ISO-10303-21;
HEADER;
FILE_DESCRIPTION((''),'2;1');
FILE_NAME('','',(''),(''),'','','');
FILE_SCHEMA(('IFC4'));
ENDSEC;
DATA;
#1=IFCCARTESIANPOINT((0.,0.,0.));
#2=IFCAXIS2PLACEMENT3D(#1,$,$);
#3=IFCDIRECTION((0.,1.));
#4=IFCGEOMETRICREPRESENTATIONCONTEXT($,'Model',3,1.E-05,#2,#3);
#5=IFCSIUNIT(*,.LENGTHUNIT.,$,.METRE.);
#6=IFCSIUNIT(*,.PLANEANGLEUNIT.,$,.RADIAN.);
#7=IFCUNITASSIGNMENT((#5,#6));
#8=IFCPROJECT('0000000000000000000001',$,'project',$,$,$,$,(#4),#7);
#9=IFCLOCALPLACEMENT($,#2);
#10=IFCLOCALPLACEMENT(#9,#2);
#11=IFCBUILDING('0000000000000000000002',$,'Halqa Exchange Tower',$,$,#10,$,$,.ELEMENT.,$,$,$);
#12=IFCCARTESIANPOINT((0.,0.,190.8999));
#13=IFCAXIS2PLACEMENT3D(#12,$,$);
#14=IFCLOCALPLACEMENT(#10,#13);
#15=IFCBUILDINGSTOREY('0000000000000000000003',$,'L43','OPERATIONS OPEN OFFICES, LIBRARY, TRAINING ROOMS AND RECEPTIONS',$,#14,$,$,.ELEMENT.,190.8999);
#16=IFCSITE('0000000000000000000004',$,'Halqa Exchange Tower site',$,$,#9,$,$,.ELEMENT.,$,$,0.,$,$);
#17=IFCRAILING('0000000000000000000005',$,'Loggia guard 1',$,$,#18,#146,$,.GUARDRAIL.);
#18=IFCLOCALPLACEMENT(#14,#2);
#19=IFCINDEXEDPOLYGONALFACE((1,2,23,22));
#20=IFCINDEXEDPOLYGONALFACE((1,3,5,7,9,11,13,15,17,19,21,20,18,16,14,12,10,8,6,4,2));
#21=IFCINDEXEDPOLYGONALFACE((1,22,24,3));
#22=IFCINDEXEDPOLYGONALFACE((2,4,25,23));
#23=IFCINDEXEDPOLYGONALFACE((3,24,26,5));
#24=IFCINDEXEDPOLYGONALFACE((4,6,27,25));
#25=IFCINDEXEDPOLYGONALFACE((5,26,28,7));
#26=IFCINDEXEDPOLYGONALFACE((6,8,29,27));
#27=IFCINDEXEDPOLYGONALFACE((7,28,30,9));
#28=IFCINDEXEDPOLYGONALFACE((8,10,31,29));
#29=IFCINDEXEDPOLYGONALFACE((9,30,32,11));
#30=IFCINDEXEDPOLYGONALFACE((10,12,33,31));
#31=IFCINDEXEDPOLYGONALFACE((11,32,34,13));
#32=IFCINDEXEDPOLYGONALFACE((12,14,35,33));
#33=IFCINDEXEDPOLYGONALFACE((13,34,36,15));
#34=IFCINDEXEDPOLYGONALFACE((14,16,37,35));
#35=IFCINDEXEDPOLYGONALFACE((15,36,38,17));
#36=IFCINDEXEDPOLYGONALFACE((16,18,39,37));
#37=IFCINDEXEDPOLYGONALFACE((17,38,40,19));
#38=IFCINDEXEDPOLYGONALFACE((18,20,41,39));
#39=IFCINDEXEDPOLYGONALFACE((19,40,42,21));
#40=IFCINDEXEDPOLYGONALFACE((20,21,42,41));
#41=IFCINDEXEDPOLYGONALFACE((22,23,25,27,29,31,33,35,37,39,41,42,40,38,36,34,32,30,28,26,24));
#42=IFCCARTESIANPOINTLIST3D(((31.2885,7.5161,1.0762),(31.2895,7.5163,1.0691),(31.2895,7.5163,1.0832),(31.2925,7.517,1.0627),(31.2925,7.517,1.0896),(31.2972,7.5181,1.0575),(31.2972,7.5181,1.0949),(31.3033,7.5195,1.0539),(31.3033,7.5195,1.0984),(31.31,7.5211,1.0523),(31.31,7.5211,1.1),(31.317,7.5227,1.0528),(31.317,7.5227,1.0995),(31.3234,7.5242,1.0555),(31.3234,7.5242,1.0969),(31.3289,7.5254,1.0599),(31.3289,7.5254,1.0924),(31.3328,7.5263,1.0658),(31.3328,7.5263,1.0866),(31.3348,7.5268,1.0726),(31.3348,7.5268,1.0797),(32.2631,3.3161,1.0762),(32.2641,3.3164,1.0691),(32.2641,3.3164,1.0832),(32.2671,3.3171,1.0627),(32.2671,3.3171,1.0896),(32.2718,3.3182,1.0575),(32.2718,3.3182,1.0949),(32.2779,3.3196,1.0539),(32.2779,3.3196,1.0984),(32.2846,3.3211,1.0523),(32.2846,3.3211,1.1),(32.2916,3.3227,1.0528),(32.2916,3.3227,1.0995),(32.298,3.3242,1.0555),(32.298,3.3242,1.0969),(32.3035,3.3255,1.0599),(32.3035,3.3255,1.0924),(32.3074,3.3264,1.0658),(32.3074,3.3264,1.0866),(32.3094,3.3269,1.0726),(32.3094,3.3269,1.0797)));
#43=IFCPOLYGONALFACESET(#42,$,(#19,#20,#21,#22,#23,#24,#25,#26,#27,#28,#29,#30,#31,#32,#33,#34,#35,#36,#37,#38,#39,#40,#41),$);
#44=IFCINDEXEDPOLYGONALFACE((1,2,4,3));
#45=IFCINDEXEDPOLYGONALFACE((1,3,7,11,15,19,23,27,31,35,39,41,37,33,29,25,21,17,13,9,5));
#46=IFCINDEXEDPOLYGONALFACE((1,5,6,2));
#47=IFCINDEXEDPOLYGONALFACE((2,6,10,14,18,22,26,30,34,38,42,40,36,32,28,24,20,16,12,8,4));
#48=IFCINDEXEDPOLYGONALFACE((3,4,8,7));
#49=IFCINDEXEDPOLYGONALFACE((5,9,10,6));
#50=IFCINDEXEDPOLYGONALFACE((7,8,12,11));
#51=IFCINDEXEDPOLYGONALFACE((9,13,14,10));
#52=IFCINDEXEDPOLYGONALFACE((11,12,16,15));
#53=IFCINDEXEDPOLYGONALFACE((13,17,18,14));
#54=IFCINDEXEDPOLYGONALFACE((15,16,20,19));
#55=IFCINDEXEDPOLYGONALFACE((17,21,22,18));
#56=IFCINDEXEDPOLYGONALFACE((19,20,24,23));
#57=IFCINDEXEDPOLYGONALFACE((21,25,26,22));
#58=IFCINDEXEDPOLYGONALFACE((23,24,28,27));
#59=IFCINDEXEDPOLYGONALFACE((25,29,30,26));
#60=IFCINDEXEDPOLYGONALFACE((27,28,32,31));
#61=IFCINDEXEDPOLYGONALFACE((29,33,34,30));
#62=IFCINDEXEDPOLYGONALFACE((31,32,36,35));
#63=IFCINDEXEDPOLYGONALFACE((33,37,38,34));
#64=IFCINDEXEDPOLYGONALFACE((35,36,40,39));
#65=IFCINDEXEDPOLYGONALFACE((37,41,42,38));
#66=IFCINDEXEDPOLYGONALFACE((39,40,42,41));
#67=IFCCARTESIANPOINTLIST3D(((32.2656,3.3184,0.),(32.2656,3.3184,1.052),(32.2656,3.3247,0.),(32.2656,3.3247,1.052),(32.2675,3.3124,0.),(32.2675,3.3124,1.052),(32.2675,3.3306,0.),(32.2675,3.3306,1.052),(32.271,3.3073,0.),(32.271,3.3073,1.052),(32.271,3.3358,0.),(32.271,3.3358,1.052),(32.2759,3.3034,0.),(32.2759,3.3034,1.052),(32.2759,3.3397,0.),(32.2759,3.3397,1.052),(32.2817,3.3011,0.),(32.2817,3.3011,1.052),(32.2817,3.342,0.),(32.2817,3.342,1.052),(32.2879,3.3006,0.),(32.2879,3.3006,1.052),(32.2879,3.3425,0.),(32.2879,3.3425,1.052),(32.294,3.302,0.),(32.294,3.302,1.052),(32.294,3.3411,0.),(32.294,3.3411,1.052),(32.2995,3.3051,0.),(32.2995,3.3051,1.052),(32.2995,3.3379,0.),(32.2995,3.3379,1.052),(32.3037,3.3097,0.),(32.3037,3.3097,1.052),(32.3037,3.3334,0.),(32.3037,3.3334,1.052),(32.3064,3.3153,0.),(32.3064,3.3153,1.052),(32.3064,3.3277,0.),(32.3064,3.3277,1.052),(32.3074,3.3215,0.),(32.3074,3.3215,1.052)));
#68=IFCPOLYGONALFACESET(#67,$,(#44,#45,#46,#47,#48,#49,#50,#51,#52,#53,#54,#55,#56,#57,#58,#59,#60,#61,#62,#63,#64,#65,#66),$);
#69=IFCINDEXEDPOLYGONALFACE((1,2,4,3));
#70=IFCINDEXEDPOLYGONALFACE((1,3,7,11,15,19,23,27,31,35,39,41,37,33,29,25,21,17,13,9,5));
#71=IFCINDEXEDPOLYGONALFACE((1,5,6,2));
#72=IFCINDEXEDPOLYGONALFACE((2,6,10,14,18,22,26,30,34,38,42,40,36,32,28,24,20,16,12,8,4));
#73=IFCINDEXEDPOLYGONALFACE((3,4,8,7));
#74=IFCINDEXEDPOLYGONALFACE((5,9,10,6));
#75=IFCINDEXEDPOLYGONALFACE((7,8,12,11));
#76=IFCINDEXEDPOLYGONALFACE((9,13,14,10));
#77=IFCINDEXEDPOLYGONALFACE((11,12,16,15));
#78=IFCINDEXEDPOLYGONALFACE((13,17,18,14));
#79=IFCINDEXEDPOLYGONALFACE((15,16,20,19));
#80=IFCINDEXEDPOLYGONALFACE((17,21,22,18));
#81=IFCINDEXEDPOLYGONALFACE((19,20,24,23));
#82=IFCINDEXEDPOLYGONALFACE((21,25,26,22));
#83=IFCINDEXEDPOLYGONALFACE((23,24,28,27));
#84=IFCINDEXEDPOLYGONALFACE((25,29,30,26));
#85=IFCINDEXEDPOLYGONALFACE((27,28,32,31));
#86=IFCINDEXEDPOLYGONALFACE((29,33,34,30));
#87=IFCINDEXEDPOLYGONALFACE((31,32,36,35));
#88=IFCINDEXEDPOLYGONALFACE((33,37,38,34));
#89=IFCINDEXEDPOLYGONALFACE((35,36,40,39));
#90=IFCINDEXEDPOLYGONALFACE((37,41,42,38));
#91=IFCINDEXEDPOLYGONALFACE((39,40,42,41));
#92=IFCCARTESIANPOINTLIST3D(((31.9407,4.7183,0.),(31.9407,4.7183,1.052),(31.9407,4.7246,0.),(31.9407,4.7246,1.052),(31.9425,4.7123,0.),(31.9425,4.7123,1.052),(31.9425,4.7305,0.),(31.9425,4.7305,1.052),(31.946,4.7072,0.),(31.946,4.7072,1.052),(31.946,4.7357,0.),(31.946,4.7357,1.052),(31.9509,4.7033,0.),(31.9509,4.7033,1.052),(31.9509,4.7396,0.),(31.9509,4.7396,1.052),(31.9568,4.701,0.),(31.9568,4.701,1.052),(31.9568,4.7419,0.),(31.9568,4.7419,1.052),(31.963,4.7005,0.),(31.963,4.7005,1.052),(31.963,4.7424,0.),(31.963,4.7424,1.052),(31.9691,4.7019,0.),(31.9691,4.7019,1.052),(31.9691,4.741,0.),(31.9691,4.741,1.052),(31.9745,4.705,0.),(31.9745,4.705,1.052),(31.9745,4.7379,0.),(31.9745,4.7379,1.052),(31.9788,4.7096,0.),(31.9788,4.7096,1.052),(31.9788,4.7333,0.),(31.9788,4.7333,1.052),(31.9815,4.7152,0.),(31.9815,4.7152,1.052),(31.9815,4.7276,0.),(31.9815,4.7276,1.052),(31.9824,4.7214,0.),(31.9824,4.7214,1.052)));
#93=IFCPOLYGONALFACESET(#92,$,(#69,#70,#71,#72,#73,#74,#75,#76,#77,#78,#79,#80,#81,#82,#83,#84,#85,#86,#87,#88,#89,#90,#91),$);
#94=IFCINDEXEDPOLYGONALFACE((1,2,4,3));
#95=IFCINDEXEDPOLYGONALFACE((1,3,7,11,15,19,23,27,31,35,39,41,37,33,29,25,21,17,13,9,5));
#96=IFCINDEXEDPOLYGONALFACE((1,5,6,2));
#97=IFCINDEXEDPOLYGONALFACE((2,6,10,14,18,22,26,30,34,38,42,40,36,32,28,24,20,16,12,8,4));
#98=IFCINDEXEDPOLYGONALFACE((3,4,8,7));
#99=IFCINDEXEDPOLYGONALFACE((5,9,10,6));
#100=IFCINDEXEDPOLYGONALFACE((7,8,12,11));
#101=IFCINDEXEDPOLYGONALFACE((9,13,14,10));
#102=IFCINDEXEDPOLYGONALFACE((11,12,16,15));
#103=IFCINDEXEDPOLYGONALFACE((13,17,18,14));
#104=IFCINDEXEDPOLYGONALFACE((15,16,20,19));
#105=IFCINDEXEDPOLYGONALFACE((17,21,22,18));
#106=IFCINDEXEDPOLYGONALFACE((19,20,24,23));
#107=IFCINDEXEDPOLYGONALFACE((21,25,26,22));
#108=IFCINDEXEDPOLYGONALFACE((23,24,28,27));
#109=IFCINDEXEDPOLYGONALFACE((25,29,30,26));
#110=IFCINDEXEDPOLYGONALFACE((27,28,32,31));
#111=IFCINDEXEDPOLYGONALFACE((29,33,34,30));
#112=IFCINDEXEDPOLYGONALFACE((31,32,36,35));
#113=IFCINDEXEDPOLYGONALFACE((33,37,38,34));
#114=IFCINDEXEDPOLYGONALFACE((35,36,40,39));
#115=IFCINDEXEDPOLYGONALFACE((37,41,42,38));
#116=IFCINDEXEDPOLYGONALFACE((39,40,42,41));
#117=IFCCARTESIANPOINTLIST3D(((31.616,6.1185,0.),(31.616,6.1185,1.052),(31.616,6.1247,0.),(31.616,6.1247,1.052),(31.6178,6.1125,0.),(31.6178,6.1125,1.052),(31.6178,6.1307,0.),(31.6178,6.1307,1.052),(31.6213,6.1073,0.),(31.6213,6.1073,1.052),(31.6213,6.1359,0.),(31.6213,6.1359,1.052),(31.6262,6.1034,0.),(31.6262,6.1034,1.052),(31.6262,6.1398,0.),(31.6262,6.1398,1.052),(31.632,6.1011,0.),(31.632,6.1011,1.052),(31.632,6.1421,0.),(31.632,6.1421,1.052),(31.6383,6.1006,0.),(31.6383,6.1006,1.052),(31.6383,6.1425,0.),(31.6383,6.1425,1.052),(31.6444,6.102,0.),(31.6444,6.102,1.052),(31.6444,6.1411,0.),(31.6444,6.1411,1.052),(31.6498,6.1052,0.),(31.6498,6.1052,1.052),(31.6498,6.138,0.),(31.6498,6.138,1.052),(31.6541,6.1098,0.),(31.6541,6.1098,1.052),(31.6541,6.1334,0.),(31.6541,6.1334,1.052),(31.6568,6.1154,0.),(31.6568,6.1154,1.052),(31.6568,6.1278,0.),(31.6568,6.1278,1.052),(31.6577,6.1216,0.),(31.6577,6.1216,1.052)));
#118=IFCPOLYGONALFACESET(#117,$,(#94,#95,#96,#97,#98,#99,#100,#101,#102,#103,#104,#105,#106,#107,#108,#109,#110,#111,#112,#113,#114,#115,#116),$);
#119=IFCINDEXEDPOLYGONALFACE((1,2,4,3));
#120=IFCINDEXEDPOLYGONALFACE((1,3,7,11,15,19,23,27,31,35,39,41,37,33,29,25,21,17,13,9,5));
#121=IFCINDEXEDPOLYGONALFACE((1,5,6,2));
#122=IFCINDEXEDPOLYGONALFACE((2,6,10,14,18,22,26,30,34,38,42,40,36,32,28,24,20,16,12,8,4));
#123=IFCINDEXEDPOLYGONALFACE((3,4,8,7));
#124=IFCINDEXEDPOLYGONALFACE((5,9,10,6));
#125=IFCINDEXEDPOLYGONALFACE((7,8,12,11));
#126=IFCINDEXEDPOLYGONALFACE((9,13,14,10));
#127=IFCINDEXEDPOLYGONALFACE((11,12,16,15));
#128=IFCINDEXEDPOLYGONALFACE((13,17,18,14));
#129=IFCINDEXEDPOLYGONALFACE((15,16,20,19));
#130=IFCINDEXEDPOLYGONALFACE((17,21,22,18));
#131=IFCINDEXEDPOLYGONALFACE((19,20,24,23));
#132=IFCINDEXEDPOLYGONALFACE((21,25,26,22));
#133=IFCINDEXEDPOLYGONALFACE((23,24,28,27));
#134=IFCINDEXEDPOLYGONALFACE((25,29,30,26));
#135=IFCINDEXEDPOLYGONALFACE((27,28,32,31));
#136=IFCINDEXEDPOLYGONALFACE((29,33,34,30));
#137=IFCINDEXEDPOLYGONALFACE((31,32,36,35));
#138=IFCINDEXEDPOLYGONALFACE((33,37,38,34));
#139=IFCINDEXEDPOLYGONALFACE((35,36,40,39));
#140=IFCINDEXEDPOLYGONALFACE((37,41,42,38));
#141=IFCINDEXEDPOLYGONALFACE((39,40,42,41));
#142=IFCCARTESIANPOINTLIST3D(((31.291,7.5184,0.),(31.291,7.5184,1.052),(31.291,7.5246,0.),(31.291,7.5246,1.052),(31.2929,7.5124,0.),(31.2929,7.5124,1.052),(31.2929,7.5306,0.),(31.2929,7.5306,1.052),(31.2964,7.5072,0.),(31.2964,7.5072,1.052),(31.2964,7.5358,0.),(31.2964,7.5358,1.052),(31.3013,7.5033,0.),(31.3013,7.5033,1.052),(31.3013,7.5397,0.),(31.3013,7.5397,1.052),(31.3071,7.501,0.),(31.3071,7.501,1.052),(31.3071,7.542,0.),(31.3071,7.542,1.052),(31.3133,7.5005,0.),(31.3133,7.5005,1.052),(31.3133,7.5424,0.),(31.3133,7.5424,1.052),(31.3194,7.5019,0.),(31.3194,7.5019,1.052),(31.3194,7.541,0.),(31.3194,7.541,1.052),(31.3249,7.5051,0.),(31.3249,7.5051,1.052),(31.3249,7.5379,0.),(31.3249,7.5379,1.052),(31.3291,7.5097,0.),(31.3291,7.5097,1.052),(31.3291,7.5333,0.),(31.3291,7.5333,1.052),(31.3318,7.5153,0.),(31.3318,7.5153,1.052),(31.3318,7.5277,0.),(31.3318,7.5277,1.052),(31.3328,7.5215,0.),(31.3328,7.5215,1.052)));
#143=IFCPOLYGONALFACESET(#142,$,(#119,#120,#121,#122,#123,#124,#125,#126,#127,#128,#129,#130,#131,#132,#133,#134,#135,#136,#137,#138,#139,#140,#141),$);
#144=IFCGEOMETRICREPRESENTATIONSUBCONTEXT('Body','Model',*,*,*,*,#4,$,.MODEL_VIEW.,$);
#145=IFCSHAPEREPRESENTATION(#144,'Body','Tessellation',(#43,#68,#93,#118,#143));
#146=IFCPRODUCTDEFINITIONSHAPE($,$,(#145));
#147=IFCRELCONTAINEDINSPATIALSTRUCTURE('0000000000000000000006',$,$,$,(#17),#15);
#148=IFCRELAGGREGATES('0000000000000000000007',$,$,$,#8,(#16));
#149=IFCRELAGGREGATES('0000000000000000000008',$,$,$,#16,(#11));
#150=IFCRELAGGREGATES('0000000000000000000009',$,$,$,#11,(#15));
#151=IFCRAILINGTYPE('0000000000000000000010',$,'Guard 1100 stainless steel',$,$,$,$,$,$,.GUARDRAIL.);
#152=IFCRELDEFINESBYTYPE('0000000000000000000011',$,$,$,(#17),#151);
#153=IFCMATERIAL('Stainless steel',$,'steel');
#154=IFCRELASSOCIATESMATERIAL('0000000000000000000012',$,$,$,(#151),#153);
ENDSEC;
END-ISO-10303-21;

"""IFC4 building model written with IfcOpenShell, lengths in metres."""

from ifc_helpers import new_model, si_unit, direction, frame, origin, origin_2d, place, context, subcontext, project, spatial, circle, extrude, material, type_object, element, save


model = new_model("IFC4")

# Units and contexts
model_context = context("Model", 3, precision=1e-05, world=origin(), true_north=direction((0.0, 1.0)))
body_context = subcontext(model_context, "Body", "Model", "MODEL_VIEW")
ifc_project = project(units=[si_unit("LENGTHUNIT", "METRE"), si_unit("PLANEANGLEUNIT", "RADIAN")], contexts=[model_context])

# Site, building, storey
site_placement = place(None, origin())
site = spatial("IfcSite", under=ifc_project, at=site_placement, Name="Halqa Exchange Tower site", CompositionType="ELEMENT", RefElevation=0.0)
building_placement = place(site_placement, origin())
building = spatial("IfcBuilding", under=site, at=building_placement, Name="Halqa Exchange Tower", CompositionType="ELEMENT")
storey_placement = place(building_placement, frame((0.0, 0.0, 190.8999)))
storey = spatial("IfcBuildingStorey", under=building, at=storey_placement, Name="L43", Description="OPERATIONS OPEN OFFICES, LIBRARY, TRAINING ROOMS AND RECEPTIONS", CompositionType="ELEMENT", Elevation=190.8999)

# Railing
ifc_material_1 = material(Name="Stainless steel", Category="steel")
railing_type = type_object("IfcRailingType", Name="Guard 1100 stainless steel", PredefinedType="GUARDRAIL", material=ifc_material_1)
railing_1_placement = place(storey_placement, frame((32.2864, 3.3215, 0.0)))
element("IfcRailing", 1, at=railing_1_placement, inside=storey, type_object=railing_type, Name="Loggia guard 1", PredefinedType="GUARDRAIL", context=body_context, shape_type="SweptSolid", body=[
    extrude(circle(Radius=0.0239, at=origin_2d()), frame((0.0, 0.0, 1.0762), z_axis=(-0.226046, 0.974117, 0.0), x_axis=(-0.974117, -0.226046, 0.0)), (0.0, 0.0, 1.0), 4.3115),
    extrude(circle(Radius=0.021, at=origin_2d()), origin(), (0.0, 0.0, 1.0), 1.052),
    extrude(circle(Radius=0.021, at=origin_2d()), frame((-0.325, 1.3999, 0.0)), (0.0, 0.0, 1.0), 1.052),
    extrude(circle(Radius=0.021, at=origin_2d()), frame((-0.6497, 2.8, 0.0)), (0.0, 0.0, 1.0), 1.052),
    extrude(circle(Radius=0.021, at=origin_2d()), frame((-0.9746, 4.2, 0.0)), (0.0, 0.0, 1.0), 1.052),
])

save(model, "model.ifc")
